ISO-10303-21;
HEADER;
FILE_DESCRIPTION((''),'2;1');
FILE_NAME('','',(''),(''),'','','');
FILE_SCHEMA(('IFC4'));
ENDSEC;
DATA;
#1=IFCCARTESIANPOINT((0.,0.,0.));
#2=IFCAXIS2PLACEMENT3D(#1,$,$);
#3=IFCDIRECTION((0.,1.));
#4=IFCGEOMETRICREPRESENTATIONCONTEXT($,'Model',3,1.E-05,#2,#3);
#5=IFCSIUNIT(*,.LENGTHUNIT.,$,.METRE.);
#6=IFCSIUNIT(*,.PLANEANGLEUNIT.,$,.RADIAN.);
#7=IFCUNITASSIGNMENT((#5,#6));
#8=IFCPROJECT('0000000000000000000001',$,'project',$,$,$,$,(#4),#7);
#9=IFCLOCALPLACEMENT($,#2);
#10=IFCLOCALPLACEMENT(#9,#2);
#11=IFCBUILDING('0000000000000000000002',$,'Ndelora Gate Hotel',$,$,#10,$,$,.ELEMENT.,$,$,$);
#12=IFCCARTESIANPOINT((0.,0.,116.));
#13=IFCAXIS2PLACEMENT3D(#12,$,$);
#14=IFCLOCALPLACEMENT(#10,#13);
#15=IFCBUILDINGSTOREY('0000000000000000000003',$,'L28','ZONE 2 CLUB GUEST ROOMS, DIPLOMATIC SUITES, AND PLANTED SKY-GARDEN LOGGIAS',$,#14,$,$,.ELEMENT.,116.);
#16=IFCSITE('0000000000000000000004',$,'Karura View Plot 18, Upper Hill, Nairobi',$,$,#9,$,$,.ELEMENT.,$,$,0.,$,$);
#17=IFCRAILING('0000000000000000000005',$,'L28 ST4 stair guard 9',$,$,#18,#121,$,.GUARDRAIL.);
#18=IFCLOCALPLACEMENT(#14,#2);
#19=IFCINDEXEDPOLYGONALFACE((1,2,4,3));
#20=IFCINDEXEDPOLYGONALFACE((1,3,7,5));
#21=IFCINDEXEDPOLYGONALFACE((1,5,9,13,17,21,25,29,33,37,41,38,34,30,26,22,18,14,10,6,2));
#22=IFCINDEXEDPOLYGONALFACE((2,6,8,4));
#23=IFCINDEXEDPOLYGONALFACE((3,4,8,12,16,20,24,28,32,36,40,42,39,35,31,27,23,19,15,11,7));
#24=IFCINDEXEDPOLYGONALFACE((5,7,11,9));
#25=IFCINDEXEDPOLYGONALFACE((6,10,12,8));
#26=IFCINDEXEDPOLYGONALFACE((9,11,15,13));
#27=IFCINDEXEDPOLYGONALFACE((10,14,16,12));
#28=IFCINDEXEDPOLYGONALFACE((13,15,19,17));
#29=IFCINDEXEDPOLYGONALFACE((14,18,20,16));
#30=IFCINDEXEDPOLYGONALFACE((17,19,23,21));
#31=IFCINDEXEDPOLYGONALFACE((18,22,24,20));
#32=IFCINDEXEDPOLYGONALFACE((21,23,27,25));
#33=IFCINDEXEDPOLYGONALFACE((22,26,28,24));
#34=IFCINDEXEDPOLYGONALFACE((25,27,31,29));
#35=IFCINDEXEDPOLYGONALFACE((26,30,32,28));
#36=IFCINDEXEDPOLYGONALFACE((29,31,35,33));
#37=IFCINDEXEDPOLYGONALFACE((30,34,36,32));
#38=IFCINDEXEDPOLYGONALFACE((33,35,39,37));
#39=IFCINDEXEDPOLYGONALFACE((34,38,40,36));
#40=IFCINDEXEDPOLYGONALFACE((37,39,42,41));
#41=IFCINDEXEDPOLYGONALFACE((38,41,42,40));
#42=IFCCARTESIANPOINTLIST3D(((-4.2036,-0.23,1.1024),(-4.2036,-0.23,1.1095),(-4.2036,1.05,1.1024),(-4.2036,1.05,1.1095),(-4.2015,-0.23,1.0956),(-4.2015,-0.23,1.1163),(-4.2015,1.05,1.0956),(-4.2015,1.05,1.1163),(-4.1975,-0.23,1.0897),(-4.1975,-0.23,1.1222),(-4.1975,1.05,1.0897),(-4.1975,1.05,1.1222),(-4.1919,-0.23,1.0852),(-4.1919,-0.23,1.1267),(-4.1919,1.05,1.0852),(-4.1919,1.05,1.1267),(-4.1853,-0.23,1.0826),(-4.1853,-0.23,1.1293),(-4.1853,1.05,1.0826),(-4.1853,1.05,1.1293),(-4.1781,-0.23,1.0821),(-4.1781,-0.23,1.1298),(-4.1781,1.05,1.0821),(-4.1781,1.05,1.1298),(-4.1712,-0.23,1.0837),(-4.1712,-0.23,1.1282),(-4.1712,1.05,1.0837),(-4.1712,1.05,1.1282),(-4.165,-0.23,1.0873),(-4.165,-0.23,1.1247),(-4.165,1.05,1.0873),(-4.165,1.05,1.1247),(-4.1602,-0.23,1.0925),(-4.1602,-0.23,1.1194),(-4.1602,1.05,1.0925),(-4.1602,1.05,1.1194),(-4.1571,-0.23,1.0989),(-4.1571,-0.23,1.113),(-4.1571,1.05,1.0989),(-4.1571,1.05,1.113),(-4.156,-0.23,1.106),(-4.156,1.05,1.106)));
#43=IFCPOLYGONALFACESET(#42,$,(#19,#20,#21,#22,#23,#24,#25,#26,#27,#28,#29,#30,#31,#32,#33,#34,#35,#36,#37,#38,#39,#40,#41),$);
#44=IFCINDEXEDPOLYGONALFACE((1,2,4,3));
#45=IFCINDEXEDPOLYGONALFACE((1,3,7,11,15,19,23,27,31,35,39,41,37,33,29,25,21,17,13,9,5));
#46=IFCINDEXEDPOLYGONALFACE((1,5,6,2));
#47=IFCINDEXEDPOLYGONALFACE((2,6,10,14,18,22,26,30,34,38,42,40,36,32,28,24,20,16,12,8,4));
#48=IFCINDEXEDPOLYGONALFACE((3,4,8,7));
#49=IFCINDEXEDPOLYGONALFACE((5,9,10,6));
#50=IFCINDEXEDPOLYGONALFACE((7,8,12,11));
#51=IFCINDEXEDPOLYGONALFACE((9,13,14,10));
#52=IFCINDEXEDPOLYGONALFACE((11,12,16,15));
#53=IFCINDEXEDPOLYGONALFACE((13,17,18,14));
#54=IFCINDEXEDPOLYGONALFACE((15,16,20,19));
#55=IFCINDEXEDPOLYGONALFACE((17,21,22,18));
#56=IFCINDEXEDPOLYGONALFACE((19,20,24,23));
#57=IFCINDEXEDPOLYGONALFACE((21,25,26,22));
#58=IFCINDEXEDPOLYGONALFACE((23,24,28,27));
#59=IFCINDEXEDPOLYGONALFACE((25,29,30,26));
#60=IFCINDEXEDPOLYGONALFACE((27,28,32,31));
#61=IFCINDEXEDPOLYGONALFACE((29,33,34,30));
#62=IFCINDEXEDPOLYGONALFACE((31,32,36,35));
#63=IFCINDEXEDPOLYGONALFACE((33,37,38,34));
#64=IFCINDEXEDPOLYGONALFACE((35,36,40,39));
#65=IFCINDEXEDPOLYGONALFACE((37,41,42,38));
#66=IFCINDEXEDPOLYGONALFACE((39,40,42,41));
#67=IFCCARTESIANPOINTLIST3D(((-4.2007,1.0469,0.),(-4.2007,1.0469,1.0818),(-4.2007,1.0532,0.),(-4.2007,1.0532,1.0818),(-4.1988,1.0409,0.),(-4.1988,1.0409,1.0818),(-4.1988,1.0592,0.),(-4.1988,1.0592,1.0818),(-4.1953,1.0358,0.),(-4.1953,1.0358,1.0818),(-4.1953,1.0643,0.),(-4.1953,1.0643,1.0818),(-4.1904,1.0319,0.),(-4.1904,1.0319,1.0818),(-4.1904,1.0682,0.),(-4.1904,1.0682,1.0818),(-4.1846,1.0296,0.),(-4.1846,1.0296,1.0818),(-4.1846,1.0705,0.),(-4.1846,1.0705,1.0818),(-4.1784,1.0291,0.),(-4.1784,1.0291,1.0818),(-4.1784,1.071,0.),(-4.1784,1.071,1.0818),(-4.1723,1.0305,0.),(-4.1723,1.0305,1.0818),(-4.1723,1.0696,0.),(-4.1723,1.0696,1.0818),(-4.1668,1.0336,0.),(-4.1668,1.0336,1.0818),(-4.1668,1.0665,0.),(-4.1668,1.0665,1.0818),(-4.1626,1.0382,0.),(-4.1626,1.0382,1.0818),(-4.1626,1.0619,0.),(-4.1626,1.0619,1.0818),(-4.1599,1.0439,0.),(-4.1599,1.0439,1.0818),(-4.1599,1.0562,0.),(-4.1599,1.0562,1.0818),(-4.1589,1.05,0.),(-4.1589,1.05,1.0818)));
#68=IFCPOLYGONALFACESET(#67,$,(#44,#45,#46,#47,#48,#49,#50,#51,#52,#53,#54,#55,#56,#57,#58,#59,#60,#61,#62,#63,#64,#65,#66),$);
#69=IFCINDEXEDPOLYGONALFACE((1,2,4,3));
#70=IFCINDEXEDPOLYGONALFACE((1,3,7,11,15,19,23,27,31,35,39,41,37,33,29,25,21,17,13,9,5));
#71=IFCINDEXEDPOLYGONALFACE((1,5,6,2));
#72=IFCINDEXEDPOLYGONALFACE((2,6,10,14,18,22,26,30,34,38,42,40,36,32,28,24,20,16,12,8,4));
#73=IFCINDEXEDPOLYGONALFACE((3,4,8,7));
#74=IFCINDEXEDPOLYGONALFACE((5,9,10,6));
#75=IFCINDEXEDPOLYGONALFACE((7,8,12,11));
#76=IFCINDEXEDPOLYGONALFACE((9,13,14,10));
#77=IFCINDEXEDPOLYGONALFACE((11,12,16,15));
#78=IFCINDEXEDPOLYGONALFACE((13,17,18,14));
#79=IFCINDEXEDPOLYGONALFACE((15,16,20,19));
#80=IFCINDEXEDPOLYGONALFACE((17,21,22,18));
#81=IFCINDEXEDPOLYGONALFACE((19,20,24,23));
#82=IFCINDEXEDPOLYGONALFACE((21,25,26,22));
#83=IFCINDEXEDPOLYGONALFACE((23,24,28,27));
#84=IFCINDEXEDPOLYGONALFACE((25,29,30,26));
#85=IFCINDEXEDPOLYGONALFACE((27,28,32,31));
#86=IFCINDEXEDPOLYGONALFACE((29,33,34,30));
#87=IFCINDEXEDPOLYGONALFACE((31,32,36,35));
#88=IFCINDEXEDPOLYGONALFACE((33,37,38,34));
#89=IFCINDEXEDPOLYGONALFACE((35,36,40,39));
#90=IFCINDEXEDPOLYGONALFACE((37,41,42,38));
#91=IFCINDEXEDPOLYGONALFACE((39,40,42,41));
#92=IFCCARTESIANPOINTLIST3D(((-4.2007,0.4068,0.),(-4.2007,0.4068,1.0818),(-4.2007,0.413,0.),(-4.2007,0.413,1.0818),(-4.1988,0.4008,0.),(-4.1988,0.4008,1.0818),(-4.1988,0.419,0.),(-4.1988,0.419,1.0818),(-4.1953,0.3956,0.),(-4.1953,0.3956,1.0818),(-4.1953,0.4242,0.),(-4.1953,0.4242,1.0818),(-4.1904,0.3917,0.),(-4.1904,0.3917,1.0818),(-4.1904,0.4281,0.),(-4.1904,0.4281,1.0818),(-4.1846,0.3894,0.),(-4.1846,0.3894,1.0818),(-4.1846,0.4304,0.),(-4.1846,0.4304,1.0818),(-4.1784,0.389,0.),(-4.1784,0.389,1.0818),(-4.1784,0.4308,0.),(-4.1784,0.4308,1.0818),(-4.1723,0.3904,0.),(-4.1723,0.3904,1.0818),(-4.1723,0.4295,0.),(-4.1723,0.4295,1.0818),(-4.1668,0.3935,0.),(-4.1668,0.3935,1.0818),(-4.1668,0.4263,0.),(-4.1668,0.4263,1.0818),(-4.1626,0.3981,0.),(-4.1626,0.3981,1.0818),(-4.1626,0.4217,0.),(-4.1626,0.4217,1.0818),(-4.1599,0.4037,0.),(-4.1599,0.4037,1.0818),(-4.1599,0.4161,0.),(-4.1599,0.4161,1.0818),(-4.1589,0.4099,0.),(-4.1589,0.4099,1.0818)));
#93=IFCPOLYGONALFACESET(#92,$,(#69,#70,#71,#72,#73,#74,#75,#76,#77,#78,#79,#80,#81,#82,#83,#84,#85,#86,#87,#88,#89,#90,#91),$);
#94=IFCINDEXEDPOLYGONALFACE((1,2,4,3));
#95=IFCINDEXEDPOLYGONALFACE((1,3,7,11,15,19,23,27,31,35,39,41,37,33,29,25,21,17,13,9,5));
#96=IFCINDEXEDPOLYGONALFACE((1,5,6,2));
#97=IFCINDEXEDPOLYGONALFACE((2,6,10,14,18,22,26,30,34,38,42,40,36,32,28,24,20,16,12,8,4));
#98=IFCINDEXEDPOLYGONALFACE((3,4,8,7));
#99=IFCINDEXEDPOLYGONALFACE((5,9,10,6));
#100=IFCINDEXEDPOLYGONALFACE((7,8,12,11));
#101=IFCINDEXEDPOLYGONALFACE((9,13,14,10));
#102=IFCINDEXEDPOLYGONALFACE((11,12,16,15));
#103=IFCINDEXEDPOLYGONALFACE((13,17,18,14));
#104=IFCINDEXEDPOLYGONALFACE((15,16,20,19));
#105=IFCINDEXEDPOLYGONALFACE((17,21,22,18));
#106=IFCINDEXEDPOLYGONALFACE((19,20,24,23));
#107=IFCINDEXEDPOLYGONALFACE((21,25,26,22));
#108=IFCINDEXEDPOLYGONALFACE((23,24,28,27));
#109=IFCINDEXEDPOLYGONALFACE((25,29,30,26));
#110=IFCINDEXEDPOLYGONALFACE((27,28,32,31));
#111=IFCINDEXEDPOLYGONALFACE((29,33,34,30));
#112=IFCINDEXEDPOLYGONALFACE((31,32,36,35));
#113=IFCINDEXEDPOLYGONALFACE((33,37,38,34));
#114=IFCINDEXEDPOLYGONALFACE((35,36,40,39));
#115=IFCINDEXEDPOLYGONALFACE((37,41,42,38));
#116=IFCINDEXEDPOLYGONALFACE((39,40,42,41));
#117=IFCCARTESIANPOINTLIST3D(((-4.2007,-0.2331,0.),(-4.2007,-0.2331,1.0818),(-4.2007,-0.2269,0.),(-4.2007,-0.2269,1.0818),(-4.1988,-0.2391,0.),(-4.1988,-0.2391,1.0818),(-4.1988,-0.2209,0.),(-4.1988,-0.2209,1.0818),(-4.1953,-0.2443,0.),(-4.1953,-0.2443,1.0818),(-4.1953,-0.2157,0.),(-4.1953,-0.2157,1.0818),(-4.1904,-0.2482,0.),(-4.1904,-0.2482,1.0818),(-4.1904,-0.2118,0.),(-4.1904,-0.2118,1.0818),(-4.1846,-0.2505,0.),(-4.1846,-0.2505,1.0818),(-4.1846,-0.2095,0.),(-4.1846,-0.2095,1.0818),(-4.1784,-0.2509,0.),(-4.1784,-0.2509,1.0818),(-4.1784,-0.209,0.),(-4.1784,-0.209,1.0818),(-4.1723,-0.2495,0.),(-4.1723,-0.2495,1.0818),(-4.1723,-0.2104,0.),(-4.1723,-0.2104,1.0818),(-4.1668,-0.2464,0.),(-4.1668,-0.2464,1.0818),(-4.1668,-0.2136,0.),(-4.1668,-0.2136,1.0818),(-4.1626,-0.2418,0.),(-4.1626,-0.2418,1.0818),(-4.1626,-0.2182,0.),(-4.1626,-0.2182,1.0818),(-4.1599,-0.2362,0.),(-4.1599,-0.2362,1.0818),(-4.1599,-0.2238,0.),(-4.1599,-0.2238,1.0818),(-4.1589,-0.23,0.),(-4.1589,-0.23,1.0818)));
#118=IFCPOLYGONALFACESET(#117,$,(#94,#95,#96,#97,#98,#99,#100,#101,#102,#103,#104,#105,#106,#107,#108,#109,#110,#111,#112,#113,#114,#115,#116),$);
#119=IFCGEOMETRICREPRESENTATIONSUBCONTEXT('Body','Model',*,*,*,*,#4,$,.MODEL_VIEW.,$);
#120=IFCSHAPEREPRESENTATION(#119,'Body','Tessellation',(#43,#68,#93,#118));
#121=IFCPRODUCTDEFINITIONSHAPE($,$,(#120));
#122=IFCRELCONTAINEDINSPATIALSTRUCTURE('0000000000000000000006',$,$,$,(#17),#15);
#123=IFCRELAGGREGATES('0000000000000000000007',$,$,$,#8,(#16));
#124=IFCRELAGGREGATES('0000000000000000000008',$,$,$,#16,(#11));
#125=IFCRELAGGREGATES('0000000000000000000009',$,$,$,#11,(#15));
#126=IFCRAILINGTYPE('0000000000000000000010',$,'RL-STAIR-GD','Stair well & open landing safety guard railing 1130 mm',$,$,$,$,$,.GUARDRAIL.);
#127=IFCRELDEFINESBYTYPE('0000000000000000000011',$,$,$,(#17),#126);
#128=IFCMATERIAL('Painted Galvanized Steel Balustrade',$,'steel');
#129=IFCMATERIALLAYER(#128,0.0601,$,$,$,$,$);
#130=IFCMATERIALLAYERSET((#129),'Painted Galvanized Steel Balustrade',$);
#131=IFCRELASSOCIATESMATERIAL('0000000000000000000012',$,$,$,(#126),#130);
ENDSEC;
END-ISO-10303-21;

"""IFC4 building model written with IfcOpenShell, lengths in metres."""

from ifc_helpers import new_model, si_unit, direction, frame, origin, origin_2d, place, context, subcontext, project, spatial, circle, extrude, material, layer, layer_set, type_object, element, save


model = new_model("IFC4")

# Units and contexts
model_context = context("Model", 3, precision=1e-05, world=origin(), true_north=direction((0.0, 1.0)))
body_context = subcontext(model_context, "Body", "Model", "MODEL_VIEW")
ifc_project = project(units=[si_unit("LENGTHUNIT", "METRE"), si_unit("PLANEANGLEUNIT", "RADIAN")], contexts=[model_context])

# Site, building, storey
site_placement = place(None, origin())
site = spatial("IfcSite", under=ifc_project, at=site_placement, Name="Karura View Plot 18, Upper Hill, Nairobi", CompositionType="ELEMENT", RefElevation=0.0)
building_placement = place(site_placement, origin())
building = spatial("IfcBuilding", under=site, at=building_placement, Name="Ndelora Gate Hotel", CompositionType="ELEMENT")
storey_placement = place(building_placement, frame((0.0, 0.0, 116.0)))
storey = spatial("IfcBuildingStorey", under=building, at=storey_placement, Name="L28", Description="ZONE 2 CLUB GUEST ROOMS, DIPLOMATIC SUITES, AND PLANTED SKY-GARDEN LOGGIAS", CompositionType="ELEMENT", Elevation=116.0)

# Railing
ifc_material_1 = material(Name="Painted Galvanized Steel Balustrade", Category="steel")
ifc_layer_1 = layer(ifc_material_1, 0.0601)
ifc_layer_set_1 = layer_set([ifc_layer_1], Name="Painted Galvanized Steel Balustrade")
railing_type_1 = type_object("IfcRailingType", Name="RL-STAIR-GD", Description="Stair well & open landing safety guard railing 1130 mm", PredefinedType="GUARDRAIL", material=ifc_layer_set_1)
for number, where, name in (
    (1, (-4.1799, 1.05, 0.0), "L28 ST4 stair guard 9"),
):
    element("IfcRailing", number, at=place(storey_placement, frame(where)), inside=storey, type_object=railing_type_1, Name=name, PredefinedType="GUARDRAIL", context=body_context, shape_type="SweptSolid", body=[
        extrude(circle(Radius=0.0239, at=origin_2d()), frame((0.0, 0.0, 1.106), z_axis=(0.0, -1.0, 0.0), x_axis=(1.0, 0.0, 0.0)), (0.0, 0.0, 1.0), 1.28),
        extrude(circle(Radius=0.021, at=origin_2d()), origin(), (0.0, 0.0, 1.0), 1.0818),
        extrude(circle(Radius=0.021, at=origin_2d()), frame((0.0, -0.6401, 0.0)), (0.0, 0.0, 1.0), 1.0818),
        extrude(circle(Radius=0.021, at=origin_2d()), frame((0.0, -1.28, 0.0)), (0.0, 0.0, 1.0), 1.0818),
    ])

save(model, "model.ifc")
